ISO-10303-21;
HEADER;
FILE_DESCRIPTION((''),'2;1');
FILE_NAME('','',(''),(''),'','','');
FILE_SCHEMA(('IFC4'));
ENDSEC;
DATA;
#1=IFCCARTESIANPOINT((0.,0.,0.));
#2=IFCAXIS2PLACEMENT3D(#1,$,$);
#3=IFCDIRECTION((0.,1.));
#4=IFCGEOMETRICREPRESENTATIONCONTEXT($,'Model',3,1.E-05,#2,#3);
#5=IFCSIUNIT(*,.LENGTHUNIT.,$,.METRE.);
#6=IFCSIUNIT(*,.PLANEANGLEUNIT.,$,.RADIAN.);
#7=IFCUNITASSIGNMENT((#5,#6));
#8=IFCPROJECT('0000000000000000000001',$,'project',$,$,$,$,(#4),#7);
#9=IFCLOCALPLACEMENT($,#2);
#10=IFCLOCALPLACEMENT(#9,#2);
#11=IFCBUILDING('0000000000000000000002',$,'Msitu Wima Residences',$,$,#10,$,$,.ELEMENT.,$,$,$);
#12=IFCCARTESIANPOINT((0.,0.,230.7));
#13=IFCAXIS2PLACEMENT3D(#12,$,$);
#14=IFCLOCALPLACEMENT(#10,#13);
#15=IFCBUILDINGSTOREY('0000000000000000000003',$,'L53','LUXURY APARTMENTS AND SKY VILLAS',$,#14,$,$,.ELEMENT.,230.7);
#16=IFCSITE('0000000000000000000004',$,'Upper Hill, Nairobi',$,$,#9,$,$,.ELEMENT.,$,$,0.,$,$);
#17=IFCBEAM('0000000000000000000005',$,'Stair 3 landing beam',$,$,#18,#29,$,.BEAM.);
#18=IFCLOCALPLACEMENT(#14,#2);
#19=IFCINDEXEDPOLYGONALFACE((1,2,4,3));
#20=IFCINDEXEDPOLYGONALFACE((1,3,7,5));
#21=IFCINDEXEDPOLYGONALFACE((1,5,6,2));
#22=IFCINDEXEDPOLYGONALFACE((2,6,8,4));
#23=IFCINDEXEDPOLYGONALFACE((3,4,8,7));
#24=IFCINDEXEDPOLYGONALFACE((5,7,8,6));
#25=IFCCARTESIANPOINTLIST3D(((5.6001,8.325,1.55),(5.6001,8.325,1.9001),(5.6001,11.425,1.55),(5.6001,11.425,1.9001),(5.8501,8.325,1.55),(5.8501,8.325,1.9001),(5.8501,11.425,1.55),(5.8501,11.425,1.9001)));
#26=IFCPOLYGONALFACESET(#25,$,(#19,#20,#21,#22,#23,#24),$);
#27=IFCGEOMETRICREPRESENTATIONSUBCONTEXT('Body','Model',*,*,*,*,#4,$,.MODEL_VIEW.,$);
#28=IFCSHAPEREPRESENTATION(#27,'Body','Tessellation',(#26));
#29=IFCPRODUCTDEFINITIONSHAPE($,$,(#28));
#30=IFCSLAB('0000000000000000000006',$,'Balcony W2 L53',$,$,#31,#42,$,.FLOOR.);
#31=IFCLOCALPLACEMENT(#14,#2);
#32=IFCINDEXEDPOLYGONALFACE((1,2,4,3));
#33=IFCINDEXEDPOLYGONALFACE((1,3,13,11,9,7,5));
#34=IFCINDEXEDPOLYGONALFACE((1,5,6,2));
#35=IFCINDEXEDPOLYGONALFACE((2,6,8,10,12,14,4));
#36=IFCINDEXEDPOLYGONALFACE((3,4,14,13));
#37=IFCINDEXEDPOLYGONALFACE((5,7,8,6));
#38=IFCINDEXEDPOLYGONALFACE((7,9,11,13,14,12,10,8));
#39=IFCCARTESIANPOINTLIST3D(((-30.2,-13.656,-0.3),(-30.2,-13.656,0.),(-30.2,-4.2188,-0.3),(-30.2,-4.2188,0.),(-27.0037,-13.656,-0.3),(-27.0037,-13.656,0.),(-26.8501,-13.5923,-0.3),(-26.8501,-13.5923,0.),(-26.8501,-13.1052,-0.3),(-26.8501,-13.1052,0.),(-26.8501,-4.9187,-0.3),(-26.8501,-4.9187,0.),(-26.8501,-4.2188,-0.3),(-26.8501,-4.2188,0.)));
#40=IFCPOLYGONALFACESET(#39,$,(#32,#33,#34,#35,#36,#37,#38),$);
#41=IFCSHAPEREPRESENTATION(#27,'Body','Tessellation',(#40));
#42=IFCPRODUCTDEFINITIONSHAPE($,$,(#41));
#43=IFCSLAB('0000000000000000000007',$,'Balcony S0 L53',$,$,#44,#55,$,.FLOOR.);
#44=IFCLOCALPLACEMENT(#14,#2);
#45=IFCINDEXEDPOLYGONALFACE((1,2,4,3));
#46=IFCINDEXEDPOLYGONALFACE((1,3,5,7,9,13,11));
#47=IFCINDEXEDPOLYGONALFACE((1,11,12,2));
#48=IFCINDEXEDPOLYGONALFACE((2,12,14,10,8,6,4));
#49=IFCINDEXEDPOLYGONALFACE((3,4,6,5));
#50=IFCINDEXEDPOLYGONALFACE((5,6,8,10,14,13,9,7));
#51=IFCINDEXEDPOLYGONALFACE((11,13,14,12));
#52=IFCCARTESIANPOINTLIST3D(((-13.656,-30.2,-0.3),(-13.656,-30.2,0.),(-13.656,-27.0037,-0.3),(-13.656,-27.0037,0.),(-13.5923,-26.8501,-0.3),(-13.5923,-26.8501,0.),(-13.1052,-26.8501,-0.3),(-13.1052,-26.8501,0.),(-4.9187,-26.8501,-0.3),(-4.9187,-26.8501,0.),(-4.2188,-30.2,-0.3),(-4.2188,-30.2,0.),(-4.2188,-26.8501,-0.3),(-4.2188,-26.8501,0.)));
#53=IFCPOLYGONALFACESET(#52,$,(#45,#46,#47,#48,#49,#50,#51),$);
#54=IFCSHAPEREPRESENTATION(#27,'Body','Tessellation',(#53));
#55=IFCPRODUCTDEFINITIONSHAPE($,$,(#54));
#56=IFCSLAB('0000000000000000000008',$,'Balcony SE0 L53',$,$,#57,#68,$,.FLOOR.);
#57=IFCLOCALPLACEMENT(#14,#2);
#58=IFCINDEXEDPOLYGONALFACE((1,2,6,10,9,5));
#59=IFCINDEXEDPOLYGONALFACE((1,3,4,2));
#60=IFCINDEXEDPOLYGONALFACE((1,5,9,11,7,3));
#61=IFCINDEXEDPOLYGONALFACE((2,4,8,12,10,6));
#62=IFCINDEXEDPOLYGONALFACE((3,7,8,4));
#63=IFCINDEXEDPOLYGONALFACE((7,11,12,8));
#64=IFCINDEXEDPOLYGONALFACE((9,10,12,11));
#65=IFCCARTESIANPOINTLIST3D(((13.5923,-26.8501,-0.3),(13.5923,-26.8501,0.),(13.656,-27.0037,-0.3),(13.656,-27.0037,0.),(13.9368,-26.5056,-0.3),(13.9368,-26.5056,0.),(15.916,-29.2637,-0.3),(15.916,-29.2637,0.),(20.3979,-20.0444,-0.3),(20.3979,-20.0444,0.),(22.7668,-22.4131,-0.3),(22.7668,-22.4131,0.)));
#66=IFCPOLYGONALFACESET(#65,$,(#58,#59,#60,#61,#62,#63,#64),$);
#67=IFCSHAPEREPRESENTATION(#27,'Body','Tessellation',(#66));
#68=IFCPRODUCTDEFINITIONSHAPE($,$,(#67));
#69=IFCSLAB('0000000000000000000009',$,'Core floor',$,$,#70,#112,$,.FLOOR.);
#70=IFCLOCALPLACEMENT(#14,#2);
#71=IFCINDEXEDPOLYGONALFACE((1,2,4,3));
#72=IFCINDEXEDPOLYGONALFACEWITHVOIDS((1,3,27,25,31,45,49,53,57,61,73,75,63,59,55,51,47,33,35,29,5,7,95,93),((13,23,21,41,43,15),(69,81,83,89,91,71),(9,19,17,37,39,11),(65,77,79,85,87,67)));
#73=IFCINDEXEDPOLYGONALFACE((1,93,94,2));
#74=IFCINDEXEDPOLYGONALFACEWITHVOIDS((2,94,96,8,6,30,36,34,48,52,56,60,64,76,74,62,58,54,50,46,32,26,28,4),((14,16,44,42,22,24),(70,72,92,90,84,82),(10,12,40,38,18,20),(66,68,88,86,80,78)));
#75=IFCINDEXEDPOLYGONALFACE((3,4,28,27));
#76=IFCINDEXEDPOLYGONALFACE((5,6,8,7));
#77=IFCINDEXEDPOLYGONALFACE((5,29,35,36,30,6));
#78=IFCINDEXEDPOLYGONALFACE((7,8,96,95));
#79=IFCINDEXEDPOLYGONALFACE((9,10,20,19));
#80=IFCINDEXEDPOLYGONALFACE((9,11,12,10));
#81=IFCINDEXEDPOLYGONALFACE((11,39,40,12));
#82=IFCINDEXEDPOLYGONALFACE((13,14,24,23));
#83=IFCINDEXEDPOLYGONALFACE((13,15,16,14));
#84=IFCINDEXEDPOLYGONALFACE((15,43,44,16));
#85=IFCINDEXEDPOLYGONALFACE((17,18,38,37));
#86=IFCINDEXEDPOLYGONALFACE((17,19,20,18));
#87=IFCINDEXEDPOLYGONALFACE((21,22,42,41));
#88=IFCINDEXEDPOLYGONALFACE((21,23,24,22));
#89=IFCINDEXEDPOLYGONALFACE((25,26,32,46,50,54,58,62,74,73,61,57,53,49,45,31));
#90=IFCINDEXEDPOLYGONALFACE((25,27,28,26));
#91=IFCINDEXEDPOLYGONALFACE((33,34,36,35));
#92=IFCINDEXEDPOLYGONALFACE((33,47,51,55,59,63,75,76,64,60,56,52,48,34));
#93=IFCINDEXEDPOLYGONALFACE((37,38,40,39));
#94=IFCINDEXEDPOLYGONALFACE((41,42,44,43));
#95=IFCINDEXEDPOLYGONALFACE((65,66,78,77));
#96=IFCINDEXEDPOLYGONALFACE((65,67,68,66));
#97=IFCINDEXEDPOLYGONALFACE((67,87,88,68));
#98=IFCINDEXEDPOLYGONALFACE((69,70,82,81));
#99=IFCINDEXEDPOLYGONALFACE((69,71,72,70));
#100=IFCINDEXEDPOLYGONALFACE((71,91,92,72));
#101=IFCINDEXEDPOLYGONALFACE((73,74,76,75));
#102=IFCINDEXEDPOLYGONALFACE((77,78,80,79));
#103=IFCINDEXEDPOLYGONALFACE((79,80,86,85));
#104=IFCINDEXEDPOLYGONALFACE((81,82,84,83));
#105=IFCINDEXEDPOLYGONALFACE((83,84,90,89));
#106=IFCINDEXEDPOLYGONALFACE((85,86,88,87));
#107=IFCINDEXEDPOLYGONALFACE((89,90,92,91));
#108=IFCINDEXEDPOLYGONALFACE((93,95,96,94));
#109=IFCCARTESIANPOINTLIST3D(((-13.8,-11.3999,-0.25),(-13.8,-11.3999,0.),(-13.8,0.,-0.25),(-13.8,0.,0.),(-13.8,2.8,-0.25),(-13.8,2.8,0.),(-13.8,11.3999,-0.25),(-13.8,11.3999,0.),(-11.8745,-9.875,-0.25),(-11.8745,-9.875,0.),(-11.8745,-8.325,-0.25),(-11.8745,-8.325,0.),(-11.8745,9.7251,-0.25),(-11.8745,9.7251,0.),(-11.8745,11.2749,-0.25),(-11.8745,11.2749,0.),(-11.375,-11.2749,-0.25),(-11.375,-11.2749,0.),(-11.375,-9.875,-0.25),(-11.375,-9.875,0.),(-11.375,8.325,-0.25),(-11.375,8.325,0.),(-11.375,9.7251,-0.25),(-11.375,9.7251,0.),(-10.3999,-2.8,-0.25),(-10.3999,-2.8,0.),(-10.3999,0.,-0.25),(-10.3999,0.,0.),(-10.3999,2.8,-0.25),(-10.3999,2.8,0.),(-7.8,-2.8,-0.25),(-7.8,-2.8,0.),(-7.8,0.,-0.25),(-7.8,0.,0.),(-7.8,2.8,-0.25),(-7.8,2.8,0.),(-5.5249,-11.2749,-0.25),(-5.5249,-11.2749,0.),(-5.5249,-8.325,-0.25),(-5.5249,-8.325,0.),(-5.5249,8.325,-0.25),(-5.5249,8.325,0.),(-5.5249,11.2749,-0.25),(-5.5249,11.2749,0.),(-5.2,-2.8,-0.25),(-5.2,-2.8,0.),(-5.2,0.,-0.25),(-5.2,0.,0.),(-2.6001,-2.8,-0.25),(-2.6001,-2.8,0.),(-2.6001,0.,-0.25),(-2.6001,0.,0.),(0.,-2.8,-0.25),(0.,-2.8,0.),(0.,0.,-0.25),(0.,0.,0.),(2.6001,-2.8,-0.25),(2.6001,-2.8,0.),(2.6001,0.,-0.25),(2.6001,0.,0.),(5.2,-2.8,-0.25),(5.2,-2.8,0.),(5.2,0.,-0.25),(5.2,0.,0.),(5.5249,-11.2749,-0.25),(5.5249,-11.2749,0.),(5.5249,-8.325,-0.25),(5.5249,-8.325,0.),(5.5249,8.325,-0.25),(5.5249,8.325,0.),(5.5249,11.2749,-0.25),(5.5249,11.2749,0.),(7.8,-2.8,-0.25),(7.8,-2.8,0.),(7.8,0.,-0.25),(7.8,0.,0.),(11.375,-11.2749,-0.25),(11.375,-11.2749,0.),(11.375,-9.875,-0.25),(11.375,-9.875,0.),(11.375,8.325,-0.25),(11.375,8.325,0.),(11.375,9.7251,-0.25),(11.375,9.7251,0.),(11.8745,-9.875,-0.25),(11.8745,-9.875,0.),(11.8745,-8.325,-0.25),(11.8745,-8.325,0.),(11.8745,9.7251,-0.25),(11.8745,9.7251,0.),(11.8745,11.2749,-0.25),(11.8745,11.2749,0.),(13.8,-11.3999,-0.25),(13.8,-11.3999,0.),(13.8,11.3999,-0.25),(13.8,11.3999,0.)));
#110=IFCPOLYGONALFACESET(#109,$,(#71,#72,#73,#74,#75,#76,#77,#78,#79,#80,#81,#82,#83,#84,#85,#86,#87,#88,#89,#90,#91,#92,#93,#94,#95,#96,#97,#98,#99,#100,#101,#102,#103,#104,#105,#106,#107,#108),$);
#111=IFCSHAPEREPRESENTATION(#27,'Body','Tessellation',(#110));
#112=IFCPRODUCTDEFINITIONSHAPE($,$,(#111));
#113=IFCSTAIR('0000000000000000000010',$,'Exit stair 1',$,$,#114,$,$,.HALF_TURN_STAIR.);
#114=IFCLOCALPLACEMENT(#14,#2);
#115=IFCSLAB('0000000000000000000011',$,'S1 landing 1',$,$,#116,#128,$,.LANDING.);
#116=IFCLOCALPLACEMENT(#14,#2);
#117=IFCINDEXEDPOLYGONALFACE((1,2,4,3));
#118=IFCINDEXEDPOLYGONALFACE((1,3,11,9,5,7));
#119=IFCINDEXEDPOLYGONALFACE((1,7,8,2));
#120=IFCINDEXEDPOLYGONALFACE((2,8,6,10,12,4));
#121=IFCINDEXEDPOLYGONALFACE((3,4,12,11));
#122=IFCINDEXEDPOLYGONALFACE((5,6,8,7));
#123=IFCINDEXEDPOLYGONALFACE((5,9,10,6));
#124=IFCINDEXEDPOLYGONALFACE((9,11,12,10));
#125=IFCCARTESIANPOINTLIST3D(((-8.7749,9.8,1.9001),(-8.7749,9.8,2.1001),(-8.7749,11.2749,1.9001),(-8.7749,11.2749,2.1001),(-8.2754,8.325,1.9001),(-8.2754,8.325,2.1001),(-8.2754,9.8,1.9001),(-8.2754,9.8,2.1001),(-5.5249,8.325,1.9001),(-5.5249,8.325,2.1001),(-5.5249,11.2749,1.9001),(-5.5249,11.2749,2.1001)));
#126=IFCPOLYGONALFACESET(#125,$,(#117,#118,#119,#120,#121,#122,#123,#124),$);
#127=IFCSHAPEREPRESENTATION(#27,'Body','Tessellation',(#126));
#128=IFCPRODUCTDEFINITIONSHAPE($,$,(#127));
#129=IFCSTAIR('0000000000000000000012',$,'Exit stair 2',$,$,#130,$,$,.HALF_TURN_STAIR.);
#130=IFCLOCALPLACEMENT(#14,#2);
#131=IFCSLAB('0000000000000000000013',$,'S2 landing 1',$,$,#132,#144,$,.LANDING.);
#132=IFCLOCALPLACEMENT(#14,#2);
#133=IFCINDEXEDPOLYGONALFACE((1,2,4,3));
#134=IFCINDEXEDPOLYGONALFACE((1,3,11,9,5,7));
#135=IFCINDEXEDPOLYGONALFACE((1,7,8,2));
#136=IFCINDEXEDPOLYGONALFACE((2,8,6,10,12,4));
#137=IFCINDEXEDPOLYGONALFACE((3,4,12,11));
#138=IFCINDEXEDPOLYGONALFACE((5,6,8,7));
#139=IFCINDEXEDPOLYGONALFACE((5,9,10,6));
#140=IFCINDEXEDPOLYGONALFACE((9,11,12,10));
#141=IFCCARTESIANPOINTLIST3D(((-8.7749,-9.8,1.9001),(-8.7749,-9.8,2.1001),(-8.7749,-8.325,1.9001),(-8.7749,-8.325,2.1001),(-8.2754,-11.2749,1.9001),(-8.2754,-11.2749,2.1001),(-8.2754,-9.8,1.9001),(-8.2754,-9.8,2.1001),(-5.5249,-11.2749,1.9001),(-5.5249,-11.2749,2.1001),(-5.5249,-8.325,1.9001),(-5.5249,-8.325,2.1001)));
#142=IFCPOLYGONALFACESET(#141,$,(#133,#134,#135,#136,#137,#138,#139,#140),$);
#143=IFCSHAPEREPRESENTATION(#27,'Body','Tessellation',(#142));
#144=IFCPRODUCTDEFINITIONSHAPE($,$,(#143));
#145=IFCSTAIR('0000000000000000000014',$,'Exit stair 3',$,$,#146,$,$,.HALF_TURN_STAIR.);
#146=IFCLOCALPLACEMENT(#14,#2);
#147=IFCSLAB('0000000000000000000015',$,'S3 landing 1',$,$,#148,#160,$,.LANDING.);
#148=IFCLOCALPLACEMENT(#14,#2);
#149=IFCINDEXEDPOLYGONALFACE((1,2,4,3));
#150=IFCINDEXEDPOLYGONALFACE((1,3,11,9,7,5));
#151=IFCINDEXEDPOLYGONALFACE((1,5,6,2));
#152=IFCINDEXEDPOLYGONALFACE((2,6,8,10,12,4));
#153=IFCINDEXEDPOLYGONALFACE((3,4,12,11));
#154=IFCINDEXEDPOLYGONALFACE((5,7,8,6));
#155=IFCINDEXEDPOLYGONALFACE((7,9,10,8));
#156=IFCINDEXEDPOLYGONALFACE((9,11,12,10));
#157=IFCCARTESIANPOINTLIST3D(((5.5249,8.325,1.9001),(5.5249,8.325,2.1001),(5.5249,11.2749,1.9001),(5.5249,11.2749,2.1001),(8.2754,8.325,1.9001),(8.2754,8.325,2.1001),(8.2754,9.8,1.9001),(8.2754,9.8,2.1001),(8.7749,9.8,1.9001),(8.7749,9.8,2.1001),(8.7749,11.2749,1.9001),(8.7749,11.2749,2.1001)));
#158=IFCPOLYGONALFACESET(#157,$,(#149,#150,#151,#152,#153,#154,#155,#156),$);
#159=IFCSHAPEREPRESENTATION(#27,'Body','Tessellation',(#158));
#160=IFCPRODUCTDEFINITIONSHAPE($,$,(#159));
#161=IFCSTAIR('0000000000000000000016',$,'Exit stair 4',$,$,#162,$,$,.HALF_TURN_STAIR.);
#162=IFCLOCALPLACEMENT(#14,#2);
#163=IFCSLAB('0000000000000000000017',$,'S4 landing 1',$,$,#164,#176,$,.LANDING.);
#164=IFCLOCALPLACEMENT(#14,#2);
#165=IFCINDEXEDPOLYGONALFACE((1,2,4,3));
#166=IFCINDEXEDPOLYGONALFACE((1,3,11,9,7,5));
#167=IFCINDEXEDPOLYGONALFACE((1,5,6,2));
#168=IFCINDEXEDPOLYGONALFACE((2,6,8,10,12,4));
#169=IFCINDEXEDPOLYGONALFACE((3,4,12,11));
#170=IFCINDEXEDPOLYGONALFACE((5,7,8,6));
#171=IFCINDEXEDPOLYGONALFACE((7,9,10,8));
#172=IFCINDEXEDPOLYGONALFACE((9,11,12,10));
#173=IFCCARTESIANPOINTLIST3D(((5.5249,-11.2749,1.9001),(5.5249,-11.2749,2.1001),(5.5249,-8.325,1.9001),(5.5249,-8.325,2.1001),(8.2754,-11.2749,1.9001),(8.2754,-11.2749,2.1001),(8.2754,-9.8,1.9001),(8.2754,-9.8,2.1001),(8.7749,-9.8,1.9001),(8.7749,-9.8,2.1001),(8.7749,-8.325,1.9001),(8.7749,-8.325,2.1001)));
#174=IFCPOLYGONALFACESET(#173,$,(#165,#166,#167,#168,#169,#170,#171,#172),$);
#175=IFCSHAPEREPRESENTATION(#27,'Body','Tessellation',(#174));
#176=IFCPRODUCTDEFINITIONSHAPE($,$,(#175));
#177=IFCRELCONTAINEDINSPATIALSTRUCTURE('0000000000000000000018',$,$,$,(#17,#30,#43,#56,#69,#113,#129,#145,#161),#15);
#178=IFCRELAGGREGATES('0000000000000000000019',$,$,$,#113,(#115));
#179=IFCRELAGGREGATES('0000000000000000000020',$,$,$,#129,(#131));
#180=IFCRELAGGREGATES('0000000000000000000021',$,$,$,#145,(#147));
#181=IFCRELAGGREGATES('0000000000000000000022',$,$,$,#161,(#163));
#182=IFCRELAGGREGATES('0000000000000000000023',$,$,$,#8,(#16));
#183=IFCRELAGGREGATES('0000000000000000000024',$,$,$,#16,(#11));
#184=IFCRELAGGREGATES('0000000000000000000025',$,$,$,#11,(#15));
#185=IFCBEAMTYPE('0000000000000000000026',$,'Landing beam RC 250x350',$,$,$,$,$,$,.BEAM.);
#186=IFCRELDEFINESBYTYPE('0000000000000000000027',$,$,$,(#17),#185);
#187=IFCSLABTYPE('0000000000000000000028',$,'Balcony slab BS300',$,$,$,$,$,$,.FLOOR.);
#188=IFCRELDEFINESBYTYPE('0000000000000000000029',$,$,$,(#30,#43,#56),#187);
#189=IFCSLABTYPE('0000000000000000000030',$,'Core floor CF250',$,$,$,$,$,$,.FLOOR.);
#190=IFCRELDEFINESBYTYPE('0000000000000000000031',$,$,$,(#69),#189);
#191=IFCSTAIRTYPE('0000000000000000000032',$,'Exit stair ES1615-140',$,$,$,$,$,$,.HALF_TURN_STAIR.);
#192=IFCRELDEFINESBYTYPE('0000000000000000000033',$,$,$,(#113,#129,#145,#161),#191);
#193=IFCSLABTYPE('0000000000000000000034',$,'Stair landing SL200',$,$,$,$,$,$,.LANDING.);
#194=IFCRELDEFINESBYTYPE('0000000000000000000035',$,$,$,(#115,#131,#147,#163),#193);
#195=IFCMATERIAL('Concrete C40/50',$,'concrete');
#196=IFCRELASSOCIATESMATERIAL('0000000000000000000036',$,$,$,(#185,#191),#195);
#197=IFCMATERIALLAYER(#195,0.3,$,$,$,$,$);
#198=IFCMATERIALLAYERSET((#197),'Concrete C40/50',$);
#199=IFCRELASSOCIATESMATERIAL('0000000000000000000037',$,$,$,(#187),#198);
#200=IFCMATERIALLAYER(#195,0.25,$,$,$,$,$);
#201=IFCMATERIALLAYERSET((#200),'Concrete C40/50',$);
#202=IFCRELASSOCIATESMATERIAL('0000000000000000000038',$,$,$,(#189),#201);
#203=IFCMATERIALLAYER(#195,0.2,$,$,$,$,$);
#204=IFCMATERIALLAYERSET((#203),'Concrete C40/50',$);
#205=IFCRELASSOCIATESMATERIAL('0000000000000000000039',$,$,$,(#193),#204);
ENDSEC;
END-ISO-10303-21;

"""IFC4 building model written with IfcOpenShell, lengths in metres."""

from ifc_helpers import new_model, si_unit, direction, frame, origin, origin_2d, place, context, subcontext, project, spatial, polyline, rectangle, outline, extrude, material, layer, layer_set, material_profile, profile_set, type_object, element, aggregate, save


model = new_model("IFC4")

# Units and contexts
model_context = context("Model", 3, precision=1e-05, world=origin(), true_north=direction((0.0, 1.0)))
body_context = subcontext(model_context, "Body", "Model", "MODEL_VIEW")
ifc_project = project(units=[si_unit("LENGTHUNIT", "METRE"), si_unit("PLANEANGLEUNIT", "RADIAN")], contexts=[model_context])

# Site, building, storey
site_placement = place(None, origin())
site = spatial("IfcSite", under=ifc_project, at=site_placement, Name="Upper Hill, Nairobi", CompositionType="ELEMENT", RefElevation=0.0)
building_placement = place(site_placement, origin())
building = spatial("IfcBuilding", under=site, at=building_placement, Name="Msitu Wima Residences", CompositionType="ELEMENT")
storey_placement = place(building_placement, frame((0.0, 0.0, 230.7)))
storey = spatial("IfcBuildingStorey", under=building, at=storey_placement, Name="L53", Description="LUXURY APARTMENTS AND SKY VILLAS", CompositionType="ELEMENT", Elevation=230.7)

# Beam
ifc_material_1 = material(Name="Concrete C40/50", Category="concrete")
ifc_material_profile = material_profile(ifc_material_1, rectangle(XDim=0.25, YDim=0.3501, at=origin_2d()), Name="RC 250x350")
ifc_profile_set = profile_set([ifc_material_profile], Name="Concrete C40/50")
beam_type = type_object("IfcBeamType", Name="Landing beam RC 250x350", PredefinedType="BEAM", material=ifc_profile_set)
beam_placement = place(storey_placement, frame((5.7251, 8.325, 1.7251), z_axis=(0.0, 1.0, 0.0), x_axis=(-1.0, 0.0, 0.0)))
element("IfcBeam", 1, at=beam_placement, inside=storey, type_object=beam_type, Name="Stair 3 landing beam", PredefinedType="BEAM", context=body_context, shape_type="SweptSolid", body=[
    extrude(rectangle(XDim=0.25, YDim=0.3501, at=origin_2d()), origin(), (0.0, 0.0, 1.0), 3.1001),
])

# Slabs
ifc_layer_1 = layer(ifc_material_1, 0.3)
ifc_layer_set_1 = layer_set([ifc_layer_1], Name="Concrete C40/50")
slab_type_1 = type_object("IfcSlabType", Name="Balcony slab BS300", PredefinedType="FLOOR", material=ifc_layer_set_1)
slab_1_placement = place(storey_placement, frame((0.0, 0.0, -0.3)))
element("IfcSlab", 2, at=slab_1_placement, inside=storey, type_object=slab_type_1, Name="Balcony W2 L53", PredefinedType="FLOOR", context=body_context, shape_type="SweptSolid", body=[
    extrude(outline(polyline([(-26.8501, -13.1052), (-26.8501, -13.1052), (-26.8501, -13.1052), (-26.8501, -13.5923), (-27.0037, -13.656), (-30.2, -13.656), (-30.2, -4.2188), (-26.8501, -4.2188), (-26.8501, -4.9187), (-26.8501, -13.1052)])), origin(), (0.0, 0.0, 1.0), 0.3),
])
slab_2_placement = place(storey_placement, frame((0.0, 0.0, -0.3)))
element("IfcSlab", 3, at=slab_2_placement, inside=storey, type_object=slab_type_1, Name="Balcony S0 L53", PredefinedType="FLOOR", context=body_context, shape_type="SweptSolid", body=[
    extrude(outline(polyline([(-13.1052, -26.8501), (-13.1052, -26.8501), (-4.9187, -26.8501), (-4.2188, -26.8501), (-4.2188, -30.2), (-13.656, -30.2), (-13.656, -27.0037), (-13.5923, -26.8501), (-13.1052, -26.8501), (-13.1052, -26.8501)])), origin(), (0.0, 0.0, 1.0), 0.3),
])
slab_3_placement = place(storey_placement, frame((0.0, 0.0, -0.3)))
element("IfcSlab", 4, at=slab_3_placement, inside=storey, type_object=slab_type_1, Name="Balcony SE0 L53", PredefinedType="FLOOR", context=body_context, shape_type="SweptSolid", body=[
    extrude(outline(polyline([(13.9368, -26.5056), (13.9368, -26.5056), (20.3979, -20.0444), (22.7668, -22.4131), (15.916, -29.2637), (13.656, -27.0037), (13.5923, -26.8501), (13.9368, -26.5056), (13.9368, -26.5056)])), origin(), (0.0, 0.0, 1.0), 0.3),
])
ifc_layer_2 = layer(ifc_material_1, 0.25)
ifc_layer_set_2 = layer_set([ifc_layer_2], Name="Concrete C40/50")
slab_type_2 = type_object("IfcSlabType", Name="Core floor CF250", PredefinedType="FLOOR", material=ifc_layer_set_2)
slab_4_placement = place(storey_placement, frame((0.0, 0.0, -0.25)))
element("IfcSlab", 5, at=slab_4_placement, inside=storey, type_object=slab_type_2, Name="Core floor", PredefinedType="FLOOR", context=body_context, shape_type="SweptSolid", body=[
    extrude(outline(polyline([(-13.8, 11.3999), (-13.8, 2.8), (-10.3999, 2.8), (-7.8, 2.8), (-7.8, 0.0), (-5.2, 0.0), (-2.6001, 0.0), (0.0, 0.0), (2.6001, 0.0), (5.2, 0.0), (7.8, 0.0), (7.8, -2.8), (5.2, -2.8), (2.6001, -2.8), (0.0, -2.8), (-2.6001, -2.8), (-5.2, -2.8), (-7.8, -2.8), (-10.3999, -2.8), (-10.3999, 0.0), (-13.8, 0.0), (-13.8, -11.3999), (13.8, -11.3999), (13.8, 11.3999), (-13.8, 11.3999)]), holes=[polyline([(-11.375, -11.2749), (-11.375, -9.875), (-11.8745, -9.875), (-11.8745, -8.325), (-5.5249, -8.325), (-5.5249, -11.2749), (-11.375, -11.2749)]), polyline([(-11.375, 8.325), (-11.375, 9.7251), (-11.8745, 9.7251), (-11.8745, 11.2749), (-5.5249, 11.2749), (-5.5249, 8.325), (-11.375, 8.325)]), polyline([(11.375, -9.875), (11.375, -11.2749), (5.5249, -11.2749), (5.5249, -8.325), (11.8745, -8.325), (11.8745, -9.875), (11.375, -9.875)]), polyline([(11.375, 9.7251), (11.375, 8.325), (5.5249, 8.325), (5.5249, 11.2749), (11.8745, 11.2749), (11.8745, 9.7251), (11.375, 9.7251)])]), origin(), (0.0, 0.0, 1.0), 0.25),
])

# Stairs, slabs
stair_type = type_object("IfcStairType", Name="Exit stair ES1615-140", PredefinedType="HALF_TURN_STAIR", material=ifc_material_1)
stair_1_placement = place(storey_placement, origin())
stair_1 = element("IfcStair", 6, at=stair_1_placement, inside=storey, type_object=stair_type, Name="Exit stair 1", PredefinedType="HALF_TURN_STAIR")
ifc_layer_3 = layer(ifc_material_1, 0.2)
ifc_layer_set_3 = layer_set([ifc_layer_3], Name="Concrete C40/50")
slab_type_3 = type_object("IfcSlabType", Name="Stair landing SL200", PredefinedType="LANDING", material=ifc_layer_set_3)
slab_5_placement = place(storey_placement, frame((0.0, 0.0, 1.9001)))
slab_5 = element("IfcSlab", 7, at=slab_5_placement, type_object=slab_type_3, Name="S1 landing 1", PredefinedType="LANDING", context=body_context, shape_type="SweptSolid", body=[
    extrude(outline(polyline([(-5.5249, 8.325), (-8.2754, 8.325), (-8.2754, 9.8), (-8.7749, 9.8), (-8.7749, 11.2749), (-5.5249, 11.2749), (-5.5249, 8.325)])), origin(), (0.0, 0.0, 1.0), 0.2),
])
aggregate(stair_1, [slab_5])
stair_2_placement = place(storey_placement, origin())
stair_2 = element("IfcStair", 8, at=stair_2_placement, inside=storey, type_object=stair_type, Name="Exit stair 2", PredefinedType="HALF_TURN_STAIR")
slab_6_placement = place(storey_placement, frame((0.0, 0.0, 1.9001)))
slab_6 = element("IfcSlab", 9, at=slab_6_placement, type_object=slab_type_3, Name="S2 landing 1", PredefinedType="LANDING", context=body_context, shape_type="SweptSolid", body=[
    extrude(outline(polyline([(-5.5249, -11.2749), (-8.2754, -11.2749), (-8.2754, -9.8), (-8.7749, -9.8), (-8.7749, -8.325), (-5.5249, -8.325), (-5.5249, -11.2749)])), origin(), (0.0, 0.0, 1.0), 0.2),
])
aggregate(stair_2, [slab_6])
stair_3_placement = place(storey_placement, origin())
stair_3 = element("IfcStair", 10, at=stair_3_placement, inside=storey, type_object=stair_type, Name="Exit stair 3", PredefinedType="HALF_TURN_STAIR")
slab_7_placement = place(storey_placement, frame((0.0, 0.0, 1.9001)))
slab_7 = element("IfcSlab", 11, at=slab_7_placement, type_object=slab_type_3, Name="S3 landing 1", PredefinedType="LANDING", context=body_context, shape_type="SweptSolid", body=[
    extrude(outline(polyline([(5.5249, 8.325), (8.2754, 8.325), (8.2754, 9.8), (8.7749, 9.8), (8.7749, 11.2749), (5.5249, 11.2749), (5.5249, 8.325)])), origin(), (0.0, 0.0, 1.0), 0.2),
])
aggregate(stair_3, [slab_7])
stair_4_placement = place(storey_placement, origin())
stair_4 = element("IfcStair", 12, at=stair_4_placement, inside=storey, type_object=stair_type, Name="Exit stair 4", PredefinedType="HALF_TURN_STAIR")
slab_8_placement = place(storey_placement, frame((0.0, 0.0, 1.9001)))
slab_8 = element("IfcSlab", 13, at=slab_8_placement, type_object=slab_type_3, Name="S4 landing 1", PredefinedType="LANDING", context=body_context, shape_type="SweptSolid", body=[
    extrude(outline(polyline([(5.5249, -11.2749), (8.2754, -11.2749), (8.2754, -9.8), (8.7749, -9.8), (8.7749, -8.325), (5.5249, -8.325), (5.5249, -11.2749)])), origin(), (0.0, 0.0, 1.0), 0.2),
])
aggregate(stair_4, [slab_8])

save(model, "model.ifc")
